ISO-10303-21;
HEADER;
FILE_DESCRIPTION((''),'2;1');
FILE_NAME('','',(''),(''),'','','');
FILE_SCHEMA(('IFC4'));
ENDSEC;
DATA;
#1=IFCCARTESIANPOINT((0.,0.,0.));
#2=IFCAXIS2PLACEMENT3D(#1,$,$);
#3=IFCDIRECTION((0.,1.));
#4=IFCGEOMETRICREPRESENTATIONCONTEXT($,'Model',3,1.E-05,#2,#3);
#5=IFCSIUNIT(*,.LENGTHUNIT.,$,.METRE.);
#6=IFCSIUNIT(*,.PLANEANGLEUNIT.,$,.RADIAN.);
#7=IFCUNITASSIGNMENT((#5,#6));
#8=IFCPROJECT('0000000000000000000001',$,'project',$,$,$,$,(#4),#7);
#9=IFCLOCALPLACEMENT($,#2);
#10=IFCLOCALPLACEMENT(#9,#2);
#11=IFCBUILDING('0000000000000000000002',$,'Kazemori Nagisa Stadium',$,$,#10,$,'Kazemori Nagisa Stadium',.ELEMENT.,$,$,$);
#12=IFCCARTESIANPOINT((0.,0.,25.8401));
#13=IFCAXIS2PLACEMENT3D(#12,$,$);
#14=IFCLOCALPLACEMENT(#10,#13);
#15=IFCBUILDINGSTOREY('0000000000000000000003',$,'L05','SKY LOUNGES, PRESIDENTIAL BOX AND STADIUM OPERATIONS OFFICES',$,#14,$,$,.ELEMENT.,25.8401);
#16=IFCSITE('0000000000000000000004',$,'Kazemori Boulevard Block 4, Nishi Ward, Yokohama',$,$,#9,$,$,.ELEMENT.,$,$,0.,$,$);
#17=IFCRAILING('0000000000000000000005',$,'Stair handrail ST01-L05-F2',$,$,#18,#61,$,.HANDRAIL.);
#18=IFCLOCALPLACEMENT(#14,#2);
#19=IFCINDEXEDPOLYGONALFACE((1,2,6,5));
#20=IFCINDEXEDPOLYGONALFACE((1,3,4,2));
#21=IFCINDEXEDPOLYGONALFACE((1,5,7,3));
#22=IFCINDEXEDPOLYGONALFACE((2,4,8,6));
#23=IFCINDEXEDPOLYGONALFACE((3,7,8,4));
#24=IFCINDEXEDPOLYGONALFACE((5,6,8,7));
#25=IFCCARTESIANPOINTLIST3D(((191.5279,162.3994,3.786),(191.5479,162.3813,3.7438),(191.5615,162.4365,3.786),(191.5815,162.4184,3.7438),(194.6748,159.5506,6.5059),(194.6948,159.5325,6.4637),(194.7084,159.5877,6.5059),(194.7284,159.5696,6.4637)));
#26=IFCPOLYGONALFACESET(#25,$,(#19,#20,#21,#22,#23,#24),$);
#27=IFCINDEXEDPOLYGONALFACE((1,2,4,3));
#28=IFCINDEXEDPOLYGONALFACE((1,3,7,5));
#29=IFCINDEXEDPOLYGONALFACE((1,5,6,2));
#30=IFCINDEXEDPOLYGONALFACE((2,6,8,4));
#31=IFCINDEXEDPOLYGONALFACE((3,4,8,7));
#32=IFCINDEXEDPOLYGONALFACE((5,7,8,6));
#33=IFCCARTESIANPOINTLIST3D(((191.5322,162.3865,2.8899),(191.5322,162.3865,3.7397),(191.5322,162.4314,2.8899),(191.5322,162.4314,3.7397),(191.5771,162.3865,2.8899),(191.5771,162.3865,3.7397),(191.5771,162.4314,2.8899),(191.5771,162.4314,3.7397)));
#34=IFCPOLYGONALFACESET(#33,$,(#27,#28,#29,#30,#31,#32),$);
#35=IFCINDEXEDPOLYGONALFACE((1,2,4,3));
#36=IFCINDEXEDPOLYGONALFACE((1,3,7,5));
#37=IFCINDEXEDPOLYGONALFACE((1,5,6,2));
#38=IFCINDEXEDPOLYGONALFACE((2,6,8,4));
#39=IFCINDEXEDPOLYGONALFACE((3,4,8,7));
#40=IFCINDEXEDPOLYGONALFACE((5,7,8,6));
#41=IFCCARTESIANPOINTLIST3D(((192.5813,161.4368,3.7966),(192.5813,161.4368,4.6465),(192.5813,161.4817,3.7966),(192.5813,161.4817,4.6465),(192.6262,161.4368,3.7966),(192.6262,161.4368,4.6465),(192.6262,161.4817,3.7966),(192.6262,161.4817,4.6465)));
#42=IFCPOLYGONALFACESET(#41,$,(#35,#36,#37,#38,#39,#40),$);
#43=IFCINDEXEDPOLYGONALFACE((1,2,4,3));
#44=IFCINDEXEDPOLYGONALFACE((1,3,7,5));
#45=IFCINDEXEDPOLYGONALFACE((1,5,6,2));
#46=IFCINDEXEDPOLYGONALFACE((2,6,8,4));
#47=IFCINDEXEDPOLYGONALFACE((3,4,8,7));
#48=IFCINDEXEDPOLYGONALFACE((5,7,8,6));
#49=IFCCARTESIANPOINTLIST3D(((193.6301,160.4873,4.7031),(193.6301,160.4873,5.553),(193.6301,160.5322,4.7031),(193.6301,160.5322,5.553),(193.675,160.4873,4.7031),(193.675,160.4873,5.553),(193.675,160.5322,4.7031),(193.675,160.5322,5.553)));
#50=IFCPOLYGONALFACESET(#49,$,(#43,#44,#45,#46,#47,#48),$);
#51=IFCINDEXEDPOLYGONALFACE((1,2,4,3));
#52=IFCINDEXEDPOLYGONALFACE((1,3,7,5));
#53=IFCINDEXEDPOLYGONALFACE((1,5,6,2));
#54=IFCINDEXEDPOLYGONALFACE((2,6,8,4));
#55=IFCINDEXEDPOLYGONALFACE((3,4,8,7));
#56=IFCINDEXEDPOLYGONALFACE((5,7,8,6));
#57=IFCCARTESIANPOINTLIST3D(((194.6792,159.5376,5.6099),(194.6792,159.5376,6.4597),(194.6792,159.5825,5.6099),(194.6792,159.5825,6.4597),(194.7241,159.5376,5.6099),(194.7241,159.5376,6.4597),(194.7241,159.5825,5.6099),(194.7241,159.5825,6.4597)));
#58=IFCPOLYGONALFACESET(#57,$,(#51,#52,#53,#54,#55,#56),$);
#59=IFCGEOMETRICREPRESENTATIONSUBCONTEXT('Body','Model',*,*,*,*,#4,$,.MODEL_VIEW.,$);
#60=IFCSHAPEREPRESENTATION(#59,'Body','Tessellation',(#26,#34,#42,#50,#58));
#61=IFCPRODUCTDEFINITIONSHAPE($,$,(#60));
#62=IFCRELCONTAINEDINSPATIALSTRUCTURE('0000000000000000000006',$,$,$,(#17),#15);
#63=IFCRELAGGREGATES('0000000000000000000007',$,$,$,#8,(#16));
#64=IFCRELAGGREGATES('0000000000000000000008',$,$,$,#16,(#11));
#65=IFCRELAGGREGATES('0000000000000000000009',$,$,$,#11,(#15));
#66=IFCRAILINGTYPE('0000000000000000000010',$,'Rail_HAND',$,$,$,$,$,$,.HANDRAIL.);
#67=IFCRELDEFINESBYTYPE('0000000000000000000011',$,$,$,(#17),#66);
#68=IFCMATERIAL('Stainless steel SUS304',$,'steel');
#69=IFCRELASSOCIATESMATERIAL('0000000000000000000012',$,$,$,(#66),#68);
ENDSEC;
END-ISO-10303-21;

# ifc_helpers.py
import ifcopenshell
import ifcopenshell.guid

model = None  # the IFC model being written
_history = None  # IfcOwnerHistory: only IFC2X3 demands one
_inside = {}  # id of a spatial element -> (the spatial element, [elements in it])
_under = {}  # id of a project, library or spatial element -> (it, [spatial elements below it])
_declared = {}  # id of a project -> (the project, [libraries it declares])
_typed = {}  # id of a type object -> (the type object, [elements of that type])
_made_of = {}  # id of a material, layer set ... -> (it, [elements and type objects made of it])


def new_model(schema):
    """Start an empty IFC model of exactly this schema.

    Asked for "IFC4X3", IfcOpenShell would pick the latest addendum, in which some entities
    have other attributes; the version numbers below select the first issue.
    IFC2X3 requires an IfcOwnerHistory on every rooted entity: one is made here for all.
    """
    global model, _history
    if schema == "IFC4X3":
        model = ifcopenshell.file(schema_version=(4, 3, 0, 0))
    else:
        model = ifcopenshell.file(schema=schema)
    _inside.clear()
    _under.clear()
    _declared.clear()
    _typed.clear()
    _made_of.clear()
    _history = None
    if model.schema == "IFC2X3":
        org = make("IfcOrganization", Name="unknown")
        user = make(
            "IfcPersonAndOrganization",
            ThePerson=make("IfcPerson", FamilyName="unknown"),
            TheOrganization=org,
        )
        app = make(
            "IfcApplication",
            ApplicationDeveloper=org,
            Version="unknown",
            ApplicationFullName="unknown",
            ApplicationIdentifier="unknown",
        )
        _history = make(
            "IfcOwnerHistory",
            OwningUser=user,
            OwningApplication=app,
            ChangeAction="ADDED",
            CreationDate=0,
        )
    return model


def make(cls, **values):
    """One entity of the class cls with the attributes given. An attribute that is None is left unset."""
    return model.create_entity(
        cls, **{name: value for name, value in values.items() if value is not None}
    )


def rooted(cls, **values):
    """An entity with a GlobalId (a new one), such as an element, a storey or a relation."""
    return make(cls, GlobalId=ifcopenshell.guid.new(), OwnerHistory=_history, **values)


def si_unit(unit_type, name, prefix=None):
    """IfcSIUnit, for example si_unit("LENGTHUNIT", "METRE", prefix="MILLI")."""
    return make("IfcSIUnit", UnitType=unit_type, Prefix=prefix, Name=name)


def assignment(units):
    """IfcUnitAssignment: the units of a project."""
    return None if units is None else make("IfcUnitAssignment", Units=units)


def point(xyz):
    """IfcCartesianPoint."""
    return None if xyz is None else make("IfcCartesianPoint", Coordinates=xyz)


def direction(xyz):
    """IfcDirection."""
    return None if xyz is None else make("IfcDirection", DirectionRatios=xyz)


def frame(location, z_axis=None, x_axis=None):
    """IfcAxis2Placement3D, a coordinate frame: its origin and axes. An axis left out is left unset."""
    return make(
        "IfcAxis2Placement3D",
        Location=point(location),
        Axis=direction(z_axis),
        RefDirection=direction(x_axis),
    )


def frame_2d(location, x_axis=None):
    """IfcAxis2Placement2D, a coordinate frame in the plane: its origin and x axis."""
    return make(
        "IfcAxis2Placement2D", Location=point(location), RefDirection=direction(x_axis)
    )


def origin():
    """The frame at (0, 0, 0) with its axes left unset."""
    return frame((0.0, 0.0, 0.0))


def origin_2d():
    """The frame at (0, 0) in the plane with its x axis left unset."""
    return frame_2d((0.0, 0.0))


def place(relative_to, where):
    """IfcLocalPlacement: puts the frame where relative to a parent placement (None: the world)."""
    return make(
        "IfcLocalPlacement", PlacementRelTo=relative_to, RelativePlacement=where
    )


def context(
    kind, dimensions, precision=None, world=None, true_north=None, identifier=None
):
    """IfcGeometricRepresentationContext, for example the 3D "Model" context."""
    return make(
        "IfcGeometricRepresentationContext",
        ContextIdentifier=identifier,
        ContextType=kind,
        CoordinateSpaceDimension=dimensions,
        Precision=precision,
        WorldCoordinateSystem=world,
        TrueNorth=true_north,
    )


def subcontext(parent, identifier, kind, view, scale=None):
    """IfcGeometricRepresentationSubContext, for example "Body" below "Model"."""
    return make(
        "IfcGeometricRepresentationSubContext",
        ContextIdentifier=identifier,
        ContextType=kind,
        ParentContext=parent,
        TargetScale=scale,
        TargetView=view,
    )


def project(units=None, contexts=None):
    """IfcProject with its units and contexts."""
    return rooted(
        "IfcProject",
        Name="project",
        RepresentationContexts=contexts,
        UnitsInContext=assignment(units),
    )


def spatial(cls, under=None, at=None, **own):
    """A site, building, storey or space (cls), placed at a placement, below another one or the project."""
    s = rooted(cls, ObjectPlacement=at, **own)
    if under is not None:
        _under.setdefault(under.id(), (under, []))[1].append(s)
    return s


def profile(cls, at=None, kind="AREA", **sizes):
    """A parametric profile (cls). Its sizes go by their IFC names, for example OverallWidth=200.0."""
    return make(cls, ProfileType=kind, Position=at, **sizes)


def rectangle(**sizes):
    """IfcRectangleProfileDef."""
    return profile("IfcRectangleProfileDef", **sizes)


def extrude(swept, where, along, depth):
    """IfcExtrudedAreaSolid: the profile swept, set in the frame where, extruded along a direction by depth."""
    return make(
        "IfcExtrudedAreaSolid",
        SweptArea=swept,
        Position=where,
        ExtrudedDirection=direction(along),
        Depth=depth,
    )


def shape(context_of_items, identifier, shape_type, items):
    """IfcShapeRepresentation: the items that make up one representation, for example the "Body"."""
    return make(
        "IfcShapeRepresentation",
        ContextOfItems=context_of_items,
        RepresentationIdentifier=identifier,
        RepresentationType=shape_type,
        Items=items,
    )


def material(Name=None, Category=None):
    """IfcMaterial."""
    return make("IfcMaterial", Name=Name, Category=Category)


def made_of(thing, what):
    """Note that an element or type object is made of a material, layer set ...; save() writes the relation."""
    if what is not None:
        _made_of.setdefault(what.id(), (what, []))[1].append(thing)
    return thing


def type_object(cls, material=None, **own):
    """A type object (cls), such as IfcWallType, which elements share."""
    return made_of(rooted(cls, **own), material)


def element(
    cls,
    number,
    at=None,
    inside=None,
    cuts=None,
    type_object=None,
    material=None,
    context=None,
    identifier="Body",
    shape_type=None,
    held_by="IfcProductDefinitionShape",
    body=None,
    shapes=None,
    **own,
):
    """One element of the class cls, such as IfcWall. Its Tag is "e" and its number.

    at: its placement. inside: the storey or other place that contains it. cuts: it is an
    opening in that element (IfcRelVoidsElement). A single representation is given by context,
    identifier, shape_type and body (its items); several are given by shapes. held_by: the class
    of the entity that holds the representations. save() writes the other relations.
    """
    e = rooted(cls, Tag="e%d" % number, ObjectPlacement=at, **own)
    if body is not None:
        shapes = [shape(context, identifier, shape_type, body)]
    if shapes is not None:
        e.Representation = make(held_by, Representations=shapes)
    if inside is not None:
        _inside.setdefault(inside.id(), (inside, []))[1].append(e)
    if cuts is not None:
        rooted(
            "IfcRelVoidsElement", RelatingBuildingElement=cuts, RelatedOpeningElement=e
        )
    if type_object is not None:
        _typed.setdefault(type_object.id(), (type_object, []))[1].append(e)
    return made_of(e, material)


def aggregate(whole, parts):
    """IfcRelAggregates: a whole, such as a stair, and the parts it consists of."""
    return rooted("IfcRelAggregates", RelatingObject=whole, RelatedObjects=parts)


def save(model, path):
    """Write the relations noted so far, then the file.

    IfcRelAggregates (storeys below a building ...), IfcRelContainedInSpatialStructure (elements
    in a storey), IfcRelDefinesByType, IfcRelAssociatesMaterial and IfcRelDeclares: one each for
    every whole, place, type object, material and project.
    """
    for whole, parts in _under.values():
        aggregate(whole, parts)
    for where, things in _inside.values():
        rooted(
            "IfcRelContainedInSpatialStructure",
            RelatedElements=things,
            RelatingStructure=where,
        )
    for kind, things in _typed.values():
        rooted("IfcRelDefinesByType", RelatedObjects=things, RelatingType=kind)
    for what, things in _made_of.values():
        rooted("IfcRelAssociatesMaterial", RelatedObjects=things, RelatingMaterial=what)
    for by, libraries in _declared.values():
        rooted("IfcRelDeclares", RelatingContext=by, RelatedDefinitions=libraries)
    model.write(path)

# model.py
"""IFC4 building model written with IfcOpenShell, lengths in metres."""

from ifc_helpers import new_model, si_unit, direction, frame, origin, origin_2d, place, context, subcontext, project, spatial, rectangle, extrude, material, type_object, element, save


model = new_model("IFC4")

# Units and contexts
model_context = context("Model", 3, precision=1e-05, world=origin(), true_north=direction((0.0, 1.0)))
body_context = subcontext(model_context, "Body", "Model", "MODEL_VIEW")
ifc_project = project(units=[si_unit("LENGTHUNIT", "METRE"), si_unit("PLANEANGLEUNIT", "RADIAN")], contexts=[model_context])

# Site, building, storey
site_placement = place(None, origin())
site = spatial("IfcSite", under=ifc_project, at=site_placement, Name="Kazemori Boulevard Block 4, Nishi Ward, Yokohama", CompositionType="ELEMENT", RefElevation=0.0)
building_placement = place(site_placement, origin())
building = spatial("IfcBuilding", under=site, at=building_placement, Name="Kazemori Nagisa Stadium", LongName="Kazemori Nagisa Stadium", CompositionType="ELEMENT")
storey_placement = place(building_placement, frame((0.0, 0.0, 25.8401)))
storey = spatial("IfcBuildingStorey", under=building, at=storey_placement, Name="L05", Description="SKY LOUNGES, PRESIDENTIAL BOX AND STADIUM OPERATIONS OFFICES", CompositionType="ELEMENT", Elevation=25.8401)

# Shared definitions
ifc_material_1 = material(Name="Stainless steel SUS304", Category="steel")

# Railing
railing_type_1 = type_object("IfcRailingType", Name="Rail_HAND", PredefinedType="HANDRAIL", material=ifc_material_1)
railing_1_placement = place(storey_placement, frame((191.5547, 162.4089, 2.8899)))
element("IfcRailing", 1, at=railing_1_placement, inside=storey, type_object=railing_type_1, Name="Stair handrail ST01-L05-F2", PredefinedType="HANDRAIL", context=body_context, shape_type="SweptSolid", body=[
    extrude(rectangle(XDim=0.05, YDim=0.05, at=origin_2d()), frame((0.0, 0.0, 0.875), z_axis=(0.624201, -0.565073, 0.539505), x_axis=(0.671123, 0.741346, 0.0)), (0.0, 0.0, 1.0), 5.0415),
    extrude(rectangle(XDim=0.0449, YDim=0.0449, at=origin_2d()), origin(), (0.0, 0.0, 1.0), 0.8499),
    extrude(rectangle(XDim=0.0449, YDim=0.0449, at=origin_2d()), frame((1.0491, -0.9497, 0.9067)), (0.0, 0.0, 1.0), 0.8499),
    extrude(rectangle(XDim=0.0449, YDim=0.0449, at=origin_2d()), frame((2.0979, -1.8992, 1.8132)), (0.0, 0.0, 1.0), 0.8499),
    extrude(rectangle(XDim=0.0449, YDim=0.0449, at=origin_2d()), frame((3.147, -2.8489, 2.72)), (0.0, 0.0, 1.0), 0.8499),
])

save(model, "model.ifc")
